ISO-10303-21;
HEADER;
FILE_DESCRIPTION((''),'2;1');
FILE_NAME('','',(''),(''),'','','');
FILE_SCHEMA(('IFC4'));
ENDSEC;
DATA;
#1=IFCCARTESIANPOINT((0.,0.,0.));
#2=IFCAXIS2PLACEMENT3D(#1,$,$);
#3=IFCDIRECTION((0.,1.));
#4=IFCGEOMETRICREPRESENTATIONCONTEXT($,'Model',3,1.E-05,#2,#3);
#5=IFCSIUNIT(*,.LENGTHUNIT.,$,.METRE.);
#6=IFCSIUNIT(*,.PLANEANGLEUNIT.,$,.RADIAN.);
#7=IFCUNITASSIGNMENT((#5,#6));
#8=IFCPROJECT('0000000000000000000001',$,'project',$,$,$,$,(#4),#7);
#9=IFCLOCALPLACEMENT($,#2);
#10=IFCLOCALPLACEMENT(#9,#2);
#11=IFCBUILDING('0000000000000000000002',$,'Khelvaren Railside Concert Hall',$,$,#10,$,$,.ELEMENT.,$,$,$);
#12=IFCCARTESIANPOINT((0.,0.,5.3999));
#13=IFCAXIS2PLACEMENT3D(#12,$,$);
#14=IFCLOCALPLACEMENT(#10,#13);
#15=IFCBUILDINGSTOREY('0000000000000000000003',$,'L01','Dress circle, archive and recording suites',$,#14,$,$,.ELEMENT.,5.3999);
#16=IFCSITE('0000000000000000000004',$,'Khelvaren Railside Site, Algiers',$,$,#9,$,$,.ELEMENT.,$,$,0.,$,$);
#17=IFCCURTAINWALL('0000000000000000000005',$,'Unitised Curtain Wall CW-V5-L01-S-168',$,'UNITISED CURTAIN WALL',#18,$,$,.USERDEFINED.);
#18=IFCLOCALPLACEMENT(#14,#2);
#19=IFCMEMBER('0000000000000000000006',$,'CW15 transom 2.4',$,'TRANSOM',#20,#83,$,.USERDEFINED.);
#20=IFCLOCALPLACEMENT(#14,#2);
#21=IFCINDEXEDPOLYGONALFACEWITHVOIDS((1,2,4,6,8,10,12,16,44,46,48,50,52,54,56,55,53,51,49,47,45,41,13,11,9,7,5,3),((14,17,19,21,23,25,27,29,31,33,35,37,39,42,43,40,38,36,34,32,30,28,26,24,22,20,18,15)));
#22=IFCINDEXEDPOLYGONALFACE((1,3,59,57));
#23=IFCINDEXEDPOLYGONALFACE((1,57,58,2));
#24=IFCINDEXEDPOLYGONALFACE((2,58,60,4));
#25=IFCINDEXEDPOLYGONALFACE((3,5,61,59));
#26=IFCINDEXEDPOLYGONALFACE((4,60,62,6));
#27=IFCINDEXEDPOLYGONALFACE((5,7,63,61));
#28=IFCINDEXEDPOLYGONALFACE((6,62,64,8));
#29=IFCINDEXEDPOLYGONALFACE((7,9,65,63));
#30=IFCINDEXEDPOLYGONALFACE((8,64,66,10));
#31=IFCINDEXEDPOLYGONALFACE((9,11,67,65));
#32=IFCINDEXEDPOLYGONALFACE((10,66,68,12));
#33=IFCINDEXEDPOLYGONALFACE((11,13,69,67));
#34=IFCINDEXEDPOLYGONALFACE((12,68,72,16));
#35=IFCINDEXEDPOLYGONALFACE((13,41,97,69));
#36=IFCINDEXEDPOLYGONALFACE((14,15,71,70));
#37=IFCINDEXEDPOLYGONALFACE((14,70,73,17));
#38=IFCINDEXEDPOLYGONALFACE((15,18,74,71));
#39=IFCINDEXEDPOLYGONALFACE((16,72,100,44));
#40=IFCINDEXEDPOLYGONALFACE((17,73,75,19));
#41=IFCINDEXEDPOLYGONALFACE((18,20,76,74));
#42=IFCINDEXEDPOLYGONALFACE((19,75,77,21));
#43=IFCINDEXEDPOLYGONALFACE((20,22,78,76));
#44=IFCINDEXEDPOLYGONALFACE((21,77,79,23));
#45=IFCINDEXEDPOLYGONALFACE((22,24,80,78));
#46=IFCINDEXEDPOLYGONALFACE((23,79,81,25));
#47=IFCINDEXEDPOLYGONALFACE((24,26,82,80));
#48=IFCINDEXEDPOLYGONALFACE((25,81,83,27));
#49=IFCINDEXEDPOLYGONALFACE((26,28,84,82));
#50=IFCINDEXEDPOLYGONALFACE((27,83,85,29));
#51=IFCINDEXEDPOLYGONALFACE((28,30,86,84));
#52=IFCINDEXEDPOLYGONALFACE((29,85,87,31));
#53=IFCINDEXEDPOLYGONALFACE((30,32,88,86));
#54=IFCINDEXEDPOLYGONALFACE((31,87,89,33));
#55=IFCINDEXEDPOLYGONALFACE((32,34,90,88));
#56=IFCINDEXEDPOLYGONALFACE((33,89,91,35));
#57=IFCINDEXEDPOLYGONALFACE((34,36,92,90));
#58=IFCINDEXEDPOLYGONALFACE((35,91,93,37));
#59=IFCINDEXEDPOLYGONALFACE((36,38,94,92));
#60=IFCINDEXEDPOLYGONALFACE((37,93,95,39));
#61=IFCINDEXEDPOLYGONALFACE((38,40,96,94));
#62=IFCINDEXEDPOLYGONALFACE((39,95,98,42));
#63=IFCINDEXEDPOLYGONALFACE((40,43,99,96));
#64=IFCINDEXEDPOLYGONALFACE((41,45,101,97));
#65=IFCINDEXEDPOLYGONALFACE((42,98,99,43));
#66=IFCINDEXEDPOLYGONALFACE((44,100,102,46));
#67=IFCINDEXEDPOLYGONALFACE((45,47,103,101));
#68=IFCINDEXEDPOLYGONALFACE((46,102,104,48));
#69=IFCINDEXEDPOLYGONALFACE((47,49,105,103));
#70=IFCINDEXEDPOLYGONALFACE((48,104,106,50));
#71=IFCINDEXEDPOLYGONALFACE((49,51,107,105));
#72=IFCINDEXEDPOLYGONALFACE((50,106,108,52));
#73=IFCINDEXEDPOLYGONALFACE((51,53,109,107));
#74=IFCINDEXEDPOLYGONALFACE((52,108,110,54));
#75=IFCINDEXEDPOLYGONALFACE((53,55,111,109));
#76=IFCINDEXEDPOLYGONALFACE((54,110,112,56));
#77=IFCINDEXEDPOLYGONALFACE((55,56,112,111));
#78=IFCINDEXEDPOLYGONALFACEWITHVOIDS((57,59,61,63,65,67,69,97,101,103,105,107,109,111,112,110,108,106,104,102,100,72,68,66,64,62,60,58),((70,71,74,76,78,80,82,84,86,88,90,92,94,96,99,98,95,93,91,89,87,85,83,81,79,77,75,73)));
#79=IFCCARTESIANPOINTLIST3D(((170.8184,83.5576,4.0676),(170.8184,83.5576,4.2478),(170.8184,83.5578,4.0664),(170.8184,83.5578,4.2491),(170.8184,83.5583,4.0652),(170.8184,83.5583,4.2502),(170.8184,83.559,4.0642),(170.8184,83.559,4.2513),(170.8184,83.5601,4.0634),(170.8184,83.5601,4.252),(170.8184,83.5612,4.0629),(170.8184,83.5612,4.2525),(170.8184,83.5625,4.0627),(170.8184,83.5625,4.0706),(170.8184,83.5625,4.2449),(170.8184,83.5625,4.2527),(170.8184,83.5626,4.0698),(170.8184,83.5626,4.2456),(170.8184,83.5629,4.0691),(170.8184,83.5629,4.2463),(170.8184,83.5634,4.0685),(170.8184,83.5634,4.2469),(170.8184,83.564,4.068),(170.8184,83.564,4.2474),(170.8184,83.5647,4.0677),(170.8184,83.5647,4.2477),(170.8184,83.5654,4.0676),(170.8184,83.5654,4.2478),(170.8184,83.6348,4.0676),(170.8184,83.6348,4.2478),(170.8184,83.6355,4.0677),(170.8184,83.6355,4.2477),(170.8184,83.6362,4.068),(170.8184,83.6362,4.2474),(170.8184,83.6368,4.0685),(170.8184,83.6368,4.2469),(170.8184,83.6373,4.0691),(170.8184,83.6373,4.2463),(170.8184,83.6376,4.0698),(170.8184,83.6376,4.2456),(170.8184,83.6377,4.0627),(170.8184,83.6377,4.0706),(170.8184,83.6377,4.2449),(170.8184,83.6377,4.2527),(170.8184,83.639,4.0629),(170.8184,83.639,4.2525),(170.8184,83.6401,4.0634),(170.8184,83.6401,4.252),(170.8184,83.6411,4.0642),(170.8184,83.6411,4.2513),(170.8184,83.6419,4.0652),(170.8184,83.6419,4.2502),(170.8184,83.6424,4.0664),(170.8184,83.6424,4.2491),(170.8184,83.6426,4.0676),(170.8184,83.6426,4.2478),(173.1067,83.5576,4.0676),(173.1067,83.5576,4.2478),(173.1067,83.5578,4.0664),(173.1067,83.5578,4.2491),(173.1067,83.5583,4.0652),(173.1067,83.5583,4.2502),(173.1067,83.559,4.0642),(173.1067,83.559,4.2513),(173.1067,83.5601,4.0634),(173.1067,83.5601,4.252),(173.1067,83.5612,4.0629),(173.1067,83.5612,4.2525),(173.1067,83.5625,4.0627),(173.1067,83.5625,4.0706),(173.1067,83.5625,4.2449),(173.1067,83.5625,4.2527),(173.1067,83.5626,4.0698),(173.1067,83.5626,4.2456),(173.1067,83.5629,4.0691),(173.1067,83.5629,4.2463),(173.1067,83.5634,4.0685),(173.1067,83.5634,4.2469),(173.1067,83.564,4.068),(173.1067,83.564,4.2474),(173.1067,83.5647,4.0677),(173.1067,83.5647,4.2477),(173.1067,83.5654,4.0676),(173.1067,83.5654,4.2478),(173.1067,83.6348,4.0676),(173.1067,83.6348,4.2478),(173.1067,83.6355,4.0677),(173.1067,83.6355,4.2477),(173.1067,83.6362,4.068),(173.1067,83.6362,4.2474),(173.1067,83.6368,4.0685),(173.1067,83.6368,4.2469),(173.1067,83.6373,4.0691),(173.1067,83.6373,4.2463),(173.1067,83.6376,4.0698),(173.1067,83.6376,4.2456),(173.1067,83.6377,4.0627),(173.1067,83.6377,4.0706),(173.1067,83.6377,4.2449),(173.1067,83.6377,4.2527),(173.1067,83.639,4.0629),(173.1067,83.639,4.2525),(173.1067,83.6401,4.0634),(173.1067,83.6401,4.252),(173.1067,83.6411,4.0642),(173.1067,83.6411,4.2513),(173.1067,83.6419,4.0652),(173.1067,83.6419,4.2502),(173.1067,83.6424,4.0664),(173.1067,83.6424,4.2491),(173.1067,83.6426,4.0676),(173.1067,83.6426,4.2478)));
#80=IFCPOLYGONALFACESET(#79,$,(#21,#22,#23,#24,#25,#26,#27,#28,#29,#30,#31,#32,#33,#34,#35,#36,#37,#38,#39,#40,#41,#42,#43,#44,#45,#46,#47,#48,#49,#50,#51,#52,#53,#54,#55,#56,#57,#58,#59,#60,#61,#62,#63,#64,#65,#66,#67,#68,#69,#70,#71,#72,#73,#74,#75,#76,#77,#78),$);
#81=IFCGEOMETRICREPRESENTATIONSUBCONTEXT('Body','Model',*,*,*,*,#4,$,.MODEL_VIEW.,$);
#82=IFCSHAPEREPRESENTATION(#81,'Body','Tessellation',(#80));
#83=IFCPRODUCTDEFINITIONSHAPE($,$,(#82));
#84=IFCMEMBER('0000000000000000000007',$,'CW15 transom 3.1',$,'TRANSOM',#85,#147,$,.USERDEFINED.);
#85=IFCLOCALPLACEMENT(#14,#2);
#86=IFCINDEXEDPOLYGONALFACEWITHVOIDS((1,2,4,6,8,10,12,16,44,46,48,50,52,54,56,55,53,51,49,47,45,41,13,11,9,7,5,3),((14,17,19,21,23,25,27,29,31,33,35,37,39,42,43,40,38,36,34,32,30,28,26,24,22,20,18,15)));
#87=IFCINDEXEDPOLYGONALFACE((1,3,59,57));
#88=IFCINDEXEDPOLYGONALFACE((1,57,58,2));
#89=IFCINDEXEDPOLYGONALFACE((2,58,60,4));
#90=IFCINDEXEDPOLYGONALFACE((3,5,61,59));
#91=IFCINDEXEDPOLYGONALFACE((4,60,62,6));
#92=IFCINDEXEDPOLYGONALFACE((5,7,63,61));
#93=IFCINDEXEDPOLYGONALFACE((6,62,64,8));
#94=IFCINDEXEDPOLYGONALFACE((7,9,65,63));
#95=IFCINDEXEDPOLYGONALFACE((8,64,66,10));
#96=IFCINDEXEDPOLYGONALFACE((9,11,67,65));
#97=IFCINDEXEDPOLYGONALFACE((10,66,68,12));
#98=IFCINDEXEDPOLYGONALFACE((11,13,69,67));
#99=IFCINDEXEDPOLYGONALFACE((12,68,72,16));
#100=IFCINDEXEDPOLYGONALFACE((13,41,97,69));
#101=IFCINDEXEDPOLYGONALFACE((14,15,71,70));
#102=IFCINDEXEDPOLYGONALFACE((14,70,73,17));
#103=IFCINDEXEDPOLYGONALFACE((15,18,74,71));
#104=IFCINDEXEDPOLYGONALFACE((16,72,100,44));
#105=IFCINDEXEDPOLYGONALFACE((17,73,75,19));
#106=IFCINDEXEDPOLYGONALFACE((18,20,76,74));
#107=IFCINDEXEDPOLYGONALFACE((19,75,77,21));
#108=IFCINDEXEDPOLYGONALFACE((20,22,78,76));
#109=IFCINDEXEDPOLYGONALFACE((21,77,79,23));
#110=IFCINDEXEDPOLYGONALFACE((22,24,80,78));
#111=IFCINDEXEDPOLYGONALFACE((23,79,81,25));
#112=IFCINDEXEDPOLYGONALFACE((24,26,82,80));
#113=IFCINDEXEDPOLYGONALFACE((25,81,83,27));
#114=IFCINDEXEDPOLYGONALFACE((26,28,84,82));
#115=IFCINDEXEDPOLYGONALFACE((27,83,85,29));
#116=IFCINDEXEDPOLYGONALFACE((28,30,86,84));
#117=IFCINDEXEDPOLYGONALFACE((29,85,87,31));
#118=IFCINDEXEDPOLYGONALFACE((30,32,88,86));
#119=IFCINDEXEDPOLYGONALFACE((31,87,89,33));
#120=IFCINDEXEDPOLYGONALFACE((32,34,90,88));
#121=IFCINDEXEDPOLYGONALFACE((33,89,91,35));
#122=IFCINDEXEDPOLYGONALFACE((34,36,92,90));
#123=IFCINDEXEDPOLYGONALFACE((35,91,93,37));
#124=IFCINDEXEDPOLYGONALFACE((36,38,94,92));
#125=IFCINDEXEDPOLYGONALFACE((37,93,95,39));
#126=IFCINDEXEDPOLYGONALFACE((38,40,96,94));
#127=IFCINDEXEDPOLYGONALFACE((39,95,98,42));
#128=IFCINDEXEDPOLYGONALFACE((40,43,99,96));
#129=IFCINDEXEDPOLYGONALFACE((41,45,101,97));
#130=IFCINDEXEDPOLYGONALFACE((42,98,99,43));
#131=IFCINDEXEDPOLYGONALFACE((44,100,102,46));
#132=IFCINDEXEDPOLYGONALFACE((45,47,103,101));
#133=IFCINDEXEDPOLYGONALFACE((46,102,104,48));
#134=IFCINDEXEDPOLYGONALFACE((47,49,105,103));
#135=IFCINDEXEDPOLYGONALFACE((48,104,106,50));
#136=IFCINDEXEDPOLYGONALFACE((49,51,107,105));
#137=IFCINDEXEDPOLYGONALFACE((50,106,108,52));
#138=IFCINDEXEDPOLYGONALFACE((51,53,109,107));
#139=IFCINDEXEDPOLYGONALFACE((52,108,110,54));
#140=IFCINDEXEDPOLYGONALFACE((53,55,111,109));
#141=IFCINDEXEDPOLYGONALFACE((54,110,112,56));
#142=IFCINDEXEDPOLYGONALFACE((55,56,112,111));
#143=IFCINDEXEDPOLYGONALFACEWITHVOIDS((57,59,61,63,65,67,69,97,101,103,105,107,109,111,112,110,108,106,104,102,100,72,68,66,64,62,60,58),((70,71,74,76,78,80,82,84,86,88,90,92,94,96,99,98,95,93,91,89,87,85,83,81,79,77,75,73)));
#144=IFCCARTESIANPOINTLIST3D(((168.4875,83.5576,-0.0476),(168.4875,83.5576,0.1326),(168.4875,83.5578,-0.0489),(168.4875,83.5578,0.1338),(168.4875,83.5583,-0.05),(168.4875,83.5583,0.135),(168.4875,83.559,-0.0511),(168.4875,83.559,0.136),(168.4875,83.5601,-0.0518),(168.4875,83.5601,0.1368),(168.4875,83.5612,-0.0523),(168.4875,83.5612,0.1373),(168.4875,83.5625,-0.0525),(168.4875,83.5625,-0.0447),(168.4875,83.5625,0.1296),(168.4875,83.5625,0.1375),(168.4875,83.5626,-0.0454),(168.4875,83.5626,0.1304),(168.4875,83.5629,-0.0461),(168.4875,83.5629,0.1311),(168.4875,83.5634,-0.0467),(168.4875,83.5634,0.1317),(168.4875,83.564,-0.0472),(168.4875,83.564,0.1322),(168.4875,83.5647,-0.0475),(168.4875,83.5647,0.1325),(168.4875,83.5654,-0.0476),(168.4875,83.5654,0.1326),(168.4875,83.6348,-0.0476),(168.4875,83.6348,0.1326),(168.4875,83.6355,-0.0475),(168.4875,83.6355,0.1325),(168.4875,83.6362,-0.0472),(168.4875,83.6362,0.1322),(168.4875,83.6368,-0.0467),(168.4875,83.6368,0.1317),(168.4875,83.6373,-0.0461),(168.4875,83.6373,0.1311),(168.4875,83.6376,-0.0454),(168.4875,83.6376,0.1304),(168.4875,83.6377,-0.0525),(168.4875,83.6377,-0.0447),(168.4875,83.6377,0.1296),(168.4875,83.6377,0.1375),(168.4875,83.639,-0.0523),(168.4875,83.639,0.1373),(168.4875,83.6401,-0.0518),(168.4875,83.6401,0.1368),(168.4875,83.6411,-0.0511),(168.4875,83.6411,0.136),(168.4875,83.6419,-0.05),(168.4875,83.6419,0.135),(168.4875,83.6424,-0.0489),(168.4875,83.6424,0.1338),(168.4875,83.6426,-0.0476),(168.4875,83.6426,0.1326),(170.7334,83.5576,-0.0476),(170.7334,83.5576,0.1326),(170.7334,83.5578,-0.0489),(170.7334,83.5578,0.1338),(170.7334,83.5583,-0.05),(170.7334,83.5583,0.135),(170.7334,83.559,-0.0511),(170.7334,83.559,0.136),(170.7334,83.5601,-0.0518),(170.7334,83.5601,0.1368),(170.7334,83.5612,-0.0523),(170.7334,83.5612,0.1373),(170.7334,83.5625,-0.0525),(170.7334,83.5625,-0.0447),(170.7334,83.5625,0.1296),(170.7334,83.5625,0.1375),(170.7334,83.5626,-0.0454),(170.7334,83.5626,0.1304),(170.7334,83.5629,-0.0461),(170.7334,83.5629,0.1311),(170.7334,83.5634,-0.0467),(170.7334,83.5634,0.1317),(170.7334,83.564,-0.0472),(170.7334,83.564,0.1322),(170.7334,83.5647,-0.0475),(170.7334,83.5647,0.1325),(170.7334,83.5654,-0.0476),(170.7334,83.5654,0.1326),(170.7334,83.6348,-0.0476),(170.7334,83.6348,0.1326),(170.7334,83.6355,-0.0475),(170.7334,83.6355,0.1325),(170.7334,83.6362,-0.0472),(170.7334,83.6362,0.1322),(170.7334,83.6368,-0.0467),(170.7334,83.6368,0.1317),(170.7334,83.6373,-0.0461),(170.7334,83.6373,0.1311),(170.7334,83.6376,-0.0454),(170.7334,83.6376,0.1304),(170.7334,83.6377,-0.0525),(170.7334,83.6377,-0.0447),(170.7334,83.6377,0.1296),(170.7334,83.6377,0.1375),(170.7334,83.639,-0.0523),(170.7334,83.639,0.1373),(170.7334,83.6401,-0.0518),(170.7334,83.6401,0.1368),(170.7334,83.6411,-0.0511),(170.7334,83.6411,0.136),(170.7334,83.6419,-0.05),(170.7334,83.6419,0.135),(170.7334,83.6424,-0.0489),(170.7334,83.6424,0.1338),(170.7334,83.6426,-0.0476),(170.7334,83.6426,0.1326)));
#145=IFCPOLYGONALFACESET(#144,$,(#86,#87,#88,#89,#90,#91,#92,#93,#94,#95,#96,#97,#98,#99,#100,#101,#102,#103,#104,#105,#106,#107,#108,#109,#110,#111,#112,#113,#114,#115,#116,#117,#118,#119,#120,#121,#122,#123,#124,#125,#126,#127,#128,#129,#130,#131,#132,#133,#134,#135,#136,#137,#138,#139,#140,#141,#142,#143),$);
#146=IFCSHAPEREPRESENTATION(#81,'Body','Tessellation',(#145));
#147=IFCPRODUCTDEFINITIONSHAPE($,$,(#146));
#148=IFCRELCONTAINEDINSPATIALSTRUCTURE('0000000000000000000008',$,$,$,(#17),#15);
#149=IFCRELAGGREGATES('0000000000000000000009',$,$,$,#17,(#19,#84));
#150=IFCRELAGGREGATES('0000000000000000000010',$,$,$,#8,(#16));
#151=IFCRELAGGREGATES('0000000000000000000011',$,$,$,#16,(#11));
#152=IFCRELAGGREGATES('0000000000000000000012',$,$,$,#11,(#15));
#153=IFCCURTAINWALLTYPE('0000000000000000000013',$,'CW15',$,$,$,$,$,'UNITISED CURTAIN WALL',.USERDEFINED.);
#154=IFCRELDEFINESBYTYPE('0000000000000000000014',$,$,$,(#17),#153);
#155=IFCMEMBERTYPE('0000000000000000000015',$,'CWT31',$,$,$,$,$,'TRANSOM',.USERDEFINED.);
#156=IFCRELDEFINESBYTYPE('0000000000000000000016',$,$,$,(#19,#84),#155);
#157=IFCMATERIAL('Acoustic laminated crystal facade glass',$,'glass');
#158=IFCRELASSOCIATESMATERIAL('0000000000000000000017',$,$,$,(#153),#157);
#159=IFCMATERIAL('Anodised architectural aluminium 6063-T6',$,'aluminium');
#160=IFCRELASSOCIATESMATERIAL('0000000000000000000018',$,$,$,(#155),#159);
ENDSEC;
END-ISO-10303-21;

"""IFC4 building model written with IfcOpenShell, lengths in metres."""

from ifc_helpers import new_model, si_unit, direction, frame, origin, origin_2d, place, context, subcontext, project, spatial, hollow_rectangle, extrude, material, material_profile, profile_set, type_object, element, aggregate, save


model = new_model("IFC4")

# Units and contexts
model_context = context("Model", 3, precision=1e-05, world=origin(), true_north=direction((0.0, 1.0)))
body_context = subcontext(model_context, "Body", "Model", "MODEL_VIEW")
ifc_project = project(units=[si_unit("LENGTHUNIT", "METRE"), si_unit("PLANEANGLEUNIT", "RADIAN")], contexts=[model_context])

# Site, building, storey
site_placement = place(None, origin())
site = spatial("IfcSite", under=ifc_project, at=site_placement, Name="Khelvaren Railside Site, Algiers", CompositionType="ELEMENT", RefElevation=0.0)
building_placement = place(site_placement, origin())
building = spatial("IfcBuilding", under=site, at=building_placement, Name="Khelvaren Railside Concert Hall", CompositionType="ELEMENT")
storey_placement = place(building_placement, frame((0.0, 0.0, 5.3999)))
storey = spatial("IfcBuildingStorey", under=building, at=storey_placement, Name="L01", Description="Dress circle, archive and recording suites", CompositionType="ELEMENT", Elevation=5.3999)

# Curtain wall, members
ifc_material_1 = material(Name="Acoustic laminated crystal facade glass", Category="glass")
curtain_wall_type = type_object("IfcCurtainWallType", Name="CW15", ElementType="UNITISED CURTAIN WALL", PredefinedType="USERDEFINED", material=ifc_material_1)
curtain_wall_placement = place(storey_placement, origin())
curtain_wall = element("IfcCurtainWall", 1, at=curtain_wall_placement, inside=storey, type_object=curtain_wall_type, Name="Unitised Curtain Wall CW-V5-L01-S-168", ObjectType="UNITISED CURTAIN WALL", PredefinedType="USERDEFINED")
ifc_material_2 = material(Name="Anodised architectural aluminium 6063-T6", Category="aluminium")
ifc_material_profile_1 = material_profile(ifc_material_2, hollow_rectangle(XDim=0.085, YDim=0.1899, WallThickness=0.0049, InnerFilletRadius=0.0029, OuterFilletRadius=0.0049, at=origin_2d()), Name="CWT 85x190x5")
ifc_profile_set_1 = profile_set([ifc_material_profile_1], Name="Anodised architectural aluminium 6063-T6")
member_type_1 = type_object("IfcMemberType", Name="CWT31", ElementType="TRANSOM", PredefinedType="USERDEFINED", material=ifc_profile_set_1)
member_1_placement = place(storey_placement, frame((173.1067, 83.6001, 4.1577), z_axis=(-1.0, 0.0, 0.0), x_axis=(0.0, -1.0, 0.0)))
member_1 = element("IfcMember", 2, at=member_1_placement, type_object=member_type_1, Name="CW15 transom 2.4", ObjectType="TRANSOM", PredefinedType="USERDEFINED", context=body_context, shape_type="SweptSolid", body=[
    extrude(hollow_rectangle(XDim=0.085, YDim=0.1899, WallThickness=0.0049, InnerFilletRadius=0.0029, OuterFilletRadius=0.0049, at=origin_2d()), origin(), (0.0, 0.0, 1.0), 2.2883),
])
member_2_placement = place(storey_placement, frame((170.7334, 83.6001, 0.0425), z_axis=(-1.0, 0.0, 0.0), x_axis=(0.0, -1.0, 0.0)))
member_2 = element("IfcMember", 3, at=member_2_placement, type_object=member_type_1, Name="CW15 transom 3.1", ObjectType="TRANSOM", PredefinedType="USERDEFINED", context=body_context, shape_type="SweptSolid", body=[
    extrude(hollow_rectangle(XDim=0.085, YDim=0.1899, WallThickness=0.0049, InnerFilletRadius=0.0029, OuterFilletRadius=0.0049, at=origin_2d()), origin(), (0.0, 0.0, 1.0), 2.2458),
])

aggregate(curtain_wall, [member_1, member_2])

save(model, "model.ifc")
